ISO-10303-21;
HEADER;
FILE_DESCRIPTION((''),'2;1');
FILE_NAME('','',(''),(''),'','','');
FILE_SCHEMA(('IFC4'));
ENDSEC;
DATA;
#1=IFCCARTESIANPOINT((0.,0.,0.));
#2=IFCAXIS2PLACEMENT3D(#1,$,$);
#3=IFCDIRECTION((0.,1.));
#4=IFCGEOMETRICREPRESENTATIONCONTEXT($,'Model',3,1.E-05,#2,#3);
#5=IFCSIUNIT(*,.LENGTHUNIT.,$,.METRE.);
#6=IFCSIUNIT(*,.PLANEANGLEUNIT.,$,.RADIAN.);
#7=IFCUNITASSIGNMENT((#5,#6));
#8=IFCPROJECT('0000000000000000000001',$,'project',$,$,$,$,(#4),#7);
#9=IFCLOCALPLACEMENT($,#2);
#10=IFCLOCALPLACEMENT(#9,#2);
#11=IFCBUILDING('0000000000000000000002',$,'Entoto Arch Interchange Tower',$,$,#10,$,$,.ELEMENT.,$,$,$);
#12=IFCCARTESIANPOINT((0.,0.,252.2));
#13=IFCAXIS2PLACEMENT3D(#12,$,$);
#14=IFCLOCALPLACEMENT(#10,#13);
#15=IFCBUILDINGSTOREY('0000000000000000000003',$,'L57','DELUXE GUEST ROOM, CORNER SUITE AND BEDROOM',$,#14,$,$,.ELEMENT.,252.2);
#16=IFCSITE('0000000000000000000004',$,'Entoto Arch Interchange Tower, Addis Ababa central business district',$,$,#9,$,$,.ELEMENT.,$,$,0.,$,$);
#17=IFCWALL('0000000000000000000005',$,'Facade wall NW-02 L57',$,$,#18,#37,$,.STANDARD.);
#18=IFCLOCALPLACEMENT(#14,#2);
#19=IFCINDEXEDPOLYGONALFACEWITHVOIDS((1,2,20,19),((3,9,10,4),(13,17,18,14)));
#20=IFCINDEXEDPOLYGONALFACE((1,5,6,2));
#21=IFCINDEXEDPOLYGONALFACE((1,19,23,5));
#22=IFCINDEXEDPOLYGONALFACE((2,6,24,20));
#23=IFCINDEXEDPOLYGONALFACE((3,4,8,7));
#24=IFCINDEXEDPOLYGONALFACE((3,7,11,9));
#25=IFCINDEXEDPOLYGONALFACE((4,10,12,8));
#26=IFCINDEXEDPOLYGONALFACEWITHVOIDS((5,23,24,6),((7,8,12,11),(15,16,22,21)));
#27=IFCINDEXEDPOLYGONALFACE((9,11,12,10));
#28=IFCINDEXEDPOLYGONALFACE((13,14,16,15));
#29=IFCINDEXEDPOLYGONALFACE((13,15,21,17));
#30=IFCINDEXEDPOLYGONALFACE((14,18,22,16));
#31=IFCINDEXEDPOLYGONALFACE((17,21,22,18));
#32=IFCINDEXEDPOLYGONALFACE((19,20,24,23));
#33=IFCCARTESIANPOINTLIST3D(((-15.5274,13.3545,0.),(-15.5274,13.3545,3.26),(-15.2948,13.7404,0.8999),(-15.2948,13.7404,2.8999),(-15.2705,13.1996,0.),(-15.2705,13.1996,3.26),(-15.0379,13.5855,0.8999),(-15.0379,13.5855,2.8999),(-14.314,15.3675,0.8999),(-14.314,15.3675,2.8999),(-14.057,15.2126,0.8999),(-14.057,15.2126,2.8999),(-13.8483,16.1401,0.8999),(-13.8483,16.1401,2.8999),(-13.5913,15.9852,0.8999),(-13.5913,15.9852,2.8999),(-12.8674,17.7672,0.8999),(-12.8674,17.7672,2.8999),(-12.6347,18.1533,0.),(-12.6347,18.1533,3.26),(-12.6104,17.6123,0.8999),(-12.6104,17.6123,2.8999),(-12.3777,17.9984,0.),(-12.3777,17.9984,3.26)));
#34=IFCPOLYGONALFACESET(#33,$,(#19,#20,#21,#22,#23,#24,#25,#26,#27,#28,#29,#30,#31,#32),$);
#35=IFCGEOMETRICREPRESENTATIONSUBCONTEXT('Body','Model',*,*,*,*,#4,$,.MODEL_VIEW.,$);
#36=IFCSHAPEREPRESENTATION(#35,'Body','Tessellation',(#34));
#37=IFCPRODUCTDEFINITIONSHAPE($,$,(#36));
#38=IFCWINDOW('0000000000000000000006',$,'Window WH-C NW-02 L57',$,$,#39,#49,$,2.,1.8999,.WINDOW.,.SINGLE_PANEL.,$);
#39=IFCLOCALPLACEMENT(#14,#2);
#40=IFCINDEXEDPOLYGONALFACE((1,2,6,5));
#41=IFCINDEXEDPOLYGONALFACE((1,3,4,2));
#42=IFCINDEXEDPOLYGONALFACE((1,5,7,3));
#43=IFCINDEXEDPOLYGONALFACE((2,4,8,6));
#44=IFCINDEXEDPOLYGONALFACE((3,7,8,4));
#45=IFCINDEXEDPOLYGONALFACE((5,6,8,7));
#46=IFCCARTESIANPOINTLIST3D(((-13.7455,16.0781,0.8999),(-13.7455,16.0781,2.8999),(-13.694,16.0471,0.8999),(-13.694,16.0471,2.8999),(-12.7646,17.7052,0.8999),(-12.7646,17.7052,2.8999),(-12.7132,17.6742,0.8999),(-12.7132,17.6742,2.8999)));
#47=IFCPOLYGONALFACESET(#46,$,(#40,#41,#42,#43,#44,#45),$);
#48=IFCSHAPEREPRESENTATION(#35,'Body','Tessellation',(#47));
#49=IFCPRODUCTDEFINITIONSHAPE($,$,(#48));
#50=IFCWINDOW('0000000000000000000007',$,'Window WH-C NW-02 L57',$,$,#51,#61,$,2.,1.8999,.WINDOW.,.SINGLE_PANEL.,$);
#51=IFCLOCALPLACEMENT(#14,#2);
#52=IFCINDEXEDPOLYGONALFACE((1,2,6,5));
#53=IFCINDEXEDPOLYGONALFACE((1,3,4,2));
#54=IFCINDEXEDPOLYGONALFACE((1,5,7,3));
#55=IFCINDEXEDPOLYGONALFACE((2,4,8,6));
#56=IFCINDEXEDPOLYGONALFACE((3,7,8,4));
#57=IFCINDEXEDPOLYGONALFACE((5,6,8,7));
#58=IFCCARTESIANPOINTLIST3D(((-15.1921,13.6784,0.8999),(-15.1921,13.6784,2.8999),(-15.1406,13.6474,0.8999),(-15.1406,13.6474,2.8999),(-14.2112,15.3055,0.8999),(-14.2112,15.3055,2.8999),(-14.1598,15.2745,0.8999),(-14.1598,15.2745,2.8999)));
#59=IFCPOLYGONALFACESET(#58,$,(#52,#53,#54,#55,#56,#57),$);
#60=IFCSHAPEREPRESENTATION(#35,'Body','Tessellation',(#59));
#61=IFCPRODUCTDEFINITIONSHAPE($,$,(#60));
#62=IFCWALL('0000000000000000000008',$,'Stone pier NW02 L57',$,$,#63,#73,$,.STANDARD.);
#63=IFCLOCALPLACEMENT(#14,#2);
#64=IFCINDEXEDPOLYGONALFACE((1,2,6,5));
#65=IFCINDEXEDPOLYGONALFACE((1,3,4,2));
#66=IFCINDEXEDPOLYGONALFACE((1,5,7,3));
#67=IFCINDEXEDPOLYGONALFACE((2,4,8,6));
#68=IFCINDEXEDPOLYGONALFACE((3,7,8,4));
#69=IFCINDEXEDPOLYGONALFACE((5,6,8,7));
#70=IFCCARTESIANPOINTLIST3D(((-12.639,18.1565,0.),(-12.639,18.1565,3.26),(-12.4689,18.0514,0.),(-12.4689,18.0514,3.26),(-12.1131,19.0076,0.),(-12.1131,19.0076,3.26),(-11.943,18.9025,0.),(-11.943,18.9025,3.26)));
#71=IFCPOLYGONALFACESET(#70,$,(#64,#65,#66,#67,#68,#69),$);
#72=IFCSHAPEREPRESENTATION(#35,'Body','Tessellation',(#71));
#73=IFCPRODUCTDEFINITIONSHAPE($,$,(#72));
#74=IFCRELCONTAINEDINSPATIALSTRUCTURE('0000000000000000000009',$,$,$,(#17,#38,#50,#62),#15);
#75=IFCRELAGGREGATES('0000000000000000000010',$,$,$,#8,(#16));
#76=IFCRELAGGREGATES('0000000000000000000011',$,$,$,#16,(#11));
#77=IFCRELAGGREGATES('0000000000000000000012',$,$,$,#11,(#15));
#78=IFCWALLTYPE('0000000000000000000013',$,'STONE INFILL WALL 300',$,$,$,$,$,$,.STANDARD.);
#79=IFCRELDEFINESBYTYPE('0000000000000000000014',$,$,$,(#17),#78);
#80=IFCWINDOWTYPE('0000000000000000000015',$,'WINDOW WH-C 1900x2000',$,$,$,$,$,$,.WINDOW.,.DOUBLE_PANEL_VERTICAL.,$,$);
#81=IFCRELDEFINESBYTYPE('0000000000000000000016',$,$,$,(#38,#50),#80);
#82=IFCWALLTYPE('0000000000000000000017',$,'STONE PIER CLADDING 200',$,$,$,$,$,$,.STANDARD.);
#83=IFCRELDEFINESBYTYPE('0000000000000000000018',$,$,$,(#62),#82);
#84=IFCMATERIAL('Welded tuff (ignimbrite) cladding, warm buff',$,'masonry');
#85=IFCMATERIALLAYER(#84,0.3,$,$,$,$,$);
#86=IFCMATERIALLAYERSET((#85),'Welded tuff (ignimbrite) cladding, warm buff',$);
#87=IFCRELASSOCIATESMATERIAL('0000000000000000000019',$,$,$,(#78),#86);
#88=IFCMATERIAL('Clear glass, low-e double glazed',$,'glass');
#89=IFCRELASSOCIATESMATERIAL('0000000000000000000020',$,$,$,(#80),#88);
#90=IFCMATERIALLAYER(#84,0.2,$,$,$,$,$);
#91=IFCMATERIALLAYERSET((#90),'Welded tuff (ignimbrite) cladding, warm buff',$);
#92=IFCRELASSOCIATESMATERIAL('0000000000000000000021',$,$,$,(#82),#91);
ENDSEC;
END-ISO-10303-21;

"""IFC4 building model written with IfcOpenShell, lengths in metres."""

from ifc_helpers import new_model, si_unit, direction, frame, frame_2d, origin, place, context, subcontext, project, spatial, rectangle, extrude, material, layer, layer_set, type_object, element, fill, save


model = new_model("IFC4")

# Units and contexts
model_context = context("Model", 3, precision=1e-05, world=origin(), true_north=direction((0.0, 1.0)))
body_context = subcontext(model_context, "Body", "Model", "MODEL_VIEW")
ifc_project = project(units=[si_unit("LENGTHUNIT", "METRE"), si_unit("PLANEANGLEUNIT", "RADIAN")], contexts=[model_context])

# Site, building, storey
site_placement = place(None, origin())
site = spatial("IfcSite", under=ifc_project, at=site_placement, Name="Entoto Arch Interchange Tower, Addis Ababa central business district", CompositionType="ELEMENT", RefElevation=0.0)
building_placement = place(site_placement, origin())
building = spatial("IfcBuilding", under=site, at=building_placement, Name="Entoto Arch Interchange Tower", CompositionType="ELEMENT")
storey_placement = place(building_placement, frame((0.0, 0.0, 252.2)))
storey = spatial("IfcBuildingStorey", under=building, at=storey_placement, Name="L57", Description="DELUXE GUEST ROOM, CORNER SUITE AND BEDROOM", CompositionType="ELEMENT", Elevation=252.2)

# Wall, openings, windows
ifc_material_1 = material(Name="Welded tuff (ignimbrite) cladding, warm buff", Category="masonry")
ifc_layer_1 = layer(ifc_material_1, 0.3)
ifc_layer_set_1 = layer_set([ifc_layer_1], Name="Welded tuff (ignimbrite) cladding, warm buff")
wall_type_1 = type_object("IfcWallType", Name="STONE INFILL WALL 300", PredefinedType="STANDARD", material=ifc_layer_set_1)
wall_1_placement = place(storey_placement, frame((-12.5061, 18.0759, 0.0), z_axis=(0.0, 0.0, 1.0), x_axis=(-0.51627, -0.856426, 0.0)))
wall_1 = element("IfcWall", 1, at=wall_1_placement, inside=storey, type_object=wall_type_1, Name="Facade wall NW-02 L57", PredefinedType="STANDARD", context=body_context, shape_type="SweptSolid", body=[
    extrude(rectangle(XDim=5.6033, YDim=0.3, at=frame_2d((2.8018, 0.0))), origin(), (0.0, 0.0, 1.0), 3.26),
])
opening_1_placement = place(wall_1_placement, frame((0.4509, 0.0, 0.8999)))
opening_1 = element("IfcOpeningElement", 2, at=opening_1_placement, cuts=wall_1, PredefinedType="OPENING", context=body_context, shape_type="SweptSolid", body=[
    extrude(rectangle(XDim=1.8999, YDim=2.0, at=frame_2d((0.95, 1.0))), frame((0.0, 0.1602, 0.0), z_axis=(0.0, -1.0, 0.0), x_axis=(1.0, 0.0, 0.0)), (0.0, 0.0, 1.0), 0.3201),
])
opening_2_placement = place(wall_1_placement, frame((3.2529, 0.0, 0.8999)))
opening_2 = element("IfcOpeningElement", 3, at=opening_2_placement, cuts=wall_1, PredefinedType="OPENING", context=body_context, shape_type="SweptSolid", body=[
    extrude(rectangle(XDim=1.8999, YDim=2.0, at=frame_2d((0.95, 1.0))), frame((0.0, 0.1602, 0.0), z_axis=(0.0, -1.0, 0.0), x_axis=(1.0, 0.0, 0.0)), (0.0, 0.0, 1.0), 0.3201),
])
ifc_material_2 = material(Name="Clear glass, low-e double glazed", Category="glass")
window_type = type_object("IfcWindowType", Name="WINDOW WH-C 1900x2000", PartitioningType="DOUBLE_PANEL_VERTICAL", PredefinedType="WINDOW", material=ifc_material_2)
window_1_placement = place(opening_1_placement, origin())
window_1 = element("IfcWindow", 4, at=window_1_placement, inside=storey, type_object=window_type, Name="Window WH-C NW-02 L57", OverallHeight=2.0, OverallWidth=1.8999, PartitioningType="SINGLE_PANEL", PredefinedType="WINDOW", context=body_context, shape_type="SweptSolid", body=[
    extrude(rectangle(XDim=1.8999, YDim=2.0, at=frame_2d((0.95, 1.0))), frame((0.0, 0.03, 0.0), z_axis=(0.0, -1.0, 0.0), x_axis=(1.0, 0.0, 0.0)), (0.0, 0.0, 1.0), 0.0601),
])
fill(opening_1, window_1)
window_2_placement = place(opening_2_placement, origin())
window_2 = element("IfcWindow", 5, at=window_2_placement, inside=storey, type_object=window_type, Name="Window WH-C NW-02 L57", OverallHeight=2.0, OverallWidth=1.8999, PartitioningType="SINGLE_PANEL", PredefinedType="WINDOW", context=body_context, shape_type="SweptSolid", body=[
    extrude(rectangle(XDim=1.8999, YDim=2.0, at=frame_2d((0.95, 1.0))), frame((0.0, 0.03, 0.0), z_axis=(0.0, -1.0, 0.0), x_axis=(1.0, 0.0, 0.0)), (0.0, 0.0, 1.0), 0.0601),
])
fill(opening_2, window_2)

# Wall
ifc_layer_2 = layer(ifc_material_1, 0.2)
ifc_layer_set_2 = layer_set([ifc_layer_2], Name="Welded tuff (ignimbrite) cladding, warm buff")
wall_type_2 = type_object("IfcWallType", Name="STONE PIER CLADDING 200", PredefinedType="STANDARD", material=ifc_layer_set_2)
wall_2_placement = place(storey_placement, frame((-12.0281, 18.9551, 0.0), z_axis=(0.0, 0.0, 1.0), x_axis=(-0.525649, -0.850702, 0.0)))
element("IfcWall", 6, at=wall_2_placement, inside=storey, type_object=wall_type_2, Name="Stone pier NW02 L57", PredefinedType="STANDARD", context=body_context, shape_type="SweptSolid", body=[
    extrude(rectangle(XDim=1.0005, YDim=0.2, at=frame_2d((0.5002, 0.0))), origin(), (0.0, 0.0, 1.0), 3.26),
])

save(model, "model.ifc")
